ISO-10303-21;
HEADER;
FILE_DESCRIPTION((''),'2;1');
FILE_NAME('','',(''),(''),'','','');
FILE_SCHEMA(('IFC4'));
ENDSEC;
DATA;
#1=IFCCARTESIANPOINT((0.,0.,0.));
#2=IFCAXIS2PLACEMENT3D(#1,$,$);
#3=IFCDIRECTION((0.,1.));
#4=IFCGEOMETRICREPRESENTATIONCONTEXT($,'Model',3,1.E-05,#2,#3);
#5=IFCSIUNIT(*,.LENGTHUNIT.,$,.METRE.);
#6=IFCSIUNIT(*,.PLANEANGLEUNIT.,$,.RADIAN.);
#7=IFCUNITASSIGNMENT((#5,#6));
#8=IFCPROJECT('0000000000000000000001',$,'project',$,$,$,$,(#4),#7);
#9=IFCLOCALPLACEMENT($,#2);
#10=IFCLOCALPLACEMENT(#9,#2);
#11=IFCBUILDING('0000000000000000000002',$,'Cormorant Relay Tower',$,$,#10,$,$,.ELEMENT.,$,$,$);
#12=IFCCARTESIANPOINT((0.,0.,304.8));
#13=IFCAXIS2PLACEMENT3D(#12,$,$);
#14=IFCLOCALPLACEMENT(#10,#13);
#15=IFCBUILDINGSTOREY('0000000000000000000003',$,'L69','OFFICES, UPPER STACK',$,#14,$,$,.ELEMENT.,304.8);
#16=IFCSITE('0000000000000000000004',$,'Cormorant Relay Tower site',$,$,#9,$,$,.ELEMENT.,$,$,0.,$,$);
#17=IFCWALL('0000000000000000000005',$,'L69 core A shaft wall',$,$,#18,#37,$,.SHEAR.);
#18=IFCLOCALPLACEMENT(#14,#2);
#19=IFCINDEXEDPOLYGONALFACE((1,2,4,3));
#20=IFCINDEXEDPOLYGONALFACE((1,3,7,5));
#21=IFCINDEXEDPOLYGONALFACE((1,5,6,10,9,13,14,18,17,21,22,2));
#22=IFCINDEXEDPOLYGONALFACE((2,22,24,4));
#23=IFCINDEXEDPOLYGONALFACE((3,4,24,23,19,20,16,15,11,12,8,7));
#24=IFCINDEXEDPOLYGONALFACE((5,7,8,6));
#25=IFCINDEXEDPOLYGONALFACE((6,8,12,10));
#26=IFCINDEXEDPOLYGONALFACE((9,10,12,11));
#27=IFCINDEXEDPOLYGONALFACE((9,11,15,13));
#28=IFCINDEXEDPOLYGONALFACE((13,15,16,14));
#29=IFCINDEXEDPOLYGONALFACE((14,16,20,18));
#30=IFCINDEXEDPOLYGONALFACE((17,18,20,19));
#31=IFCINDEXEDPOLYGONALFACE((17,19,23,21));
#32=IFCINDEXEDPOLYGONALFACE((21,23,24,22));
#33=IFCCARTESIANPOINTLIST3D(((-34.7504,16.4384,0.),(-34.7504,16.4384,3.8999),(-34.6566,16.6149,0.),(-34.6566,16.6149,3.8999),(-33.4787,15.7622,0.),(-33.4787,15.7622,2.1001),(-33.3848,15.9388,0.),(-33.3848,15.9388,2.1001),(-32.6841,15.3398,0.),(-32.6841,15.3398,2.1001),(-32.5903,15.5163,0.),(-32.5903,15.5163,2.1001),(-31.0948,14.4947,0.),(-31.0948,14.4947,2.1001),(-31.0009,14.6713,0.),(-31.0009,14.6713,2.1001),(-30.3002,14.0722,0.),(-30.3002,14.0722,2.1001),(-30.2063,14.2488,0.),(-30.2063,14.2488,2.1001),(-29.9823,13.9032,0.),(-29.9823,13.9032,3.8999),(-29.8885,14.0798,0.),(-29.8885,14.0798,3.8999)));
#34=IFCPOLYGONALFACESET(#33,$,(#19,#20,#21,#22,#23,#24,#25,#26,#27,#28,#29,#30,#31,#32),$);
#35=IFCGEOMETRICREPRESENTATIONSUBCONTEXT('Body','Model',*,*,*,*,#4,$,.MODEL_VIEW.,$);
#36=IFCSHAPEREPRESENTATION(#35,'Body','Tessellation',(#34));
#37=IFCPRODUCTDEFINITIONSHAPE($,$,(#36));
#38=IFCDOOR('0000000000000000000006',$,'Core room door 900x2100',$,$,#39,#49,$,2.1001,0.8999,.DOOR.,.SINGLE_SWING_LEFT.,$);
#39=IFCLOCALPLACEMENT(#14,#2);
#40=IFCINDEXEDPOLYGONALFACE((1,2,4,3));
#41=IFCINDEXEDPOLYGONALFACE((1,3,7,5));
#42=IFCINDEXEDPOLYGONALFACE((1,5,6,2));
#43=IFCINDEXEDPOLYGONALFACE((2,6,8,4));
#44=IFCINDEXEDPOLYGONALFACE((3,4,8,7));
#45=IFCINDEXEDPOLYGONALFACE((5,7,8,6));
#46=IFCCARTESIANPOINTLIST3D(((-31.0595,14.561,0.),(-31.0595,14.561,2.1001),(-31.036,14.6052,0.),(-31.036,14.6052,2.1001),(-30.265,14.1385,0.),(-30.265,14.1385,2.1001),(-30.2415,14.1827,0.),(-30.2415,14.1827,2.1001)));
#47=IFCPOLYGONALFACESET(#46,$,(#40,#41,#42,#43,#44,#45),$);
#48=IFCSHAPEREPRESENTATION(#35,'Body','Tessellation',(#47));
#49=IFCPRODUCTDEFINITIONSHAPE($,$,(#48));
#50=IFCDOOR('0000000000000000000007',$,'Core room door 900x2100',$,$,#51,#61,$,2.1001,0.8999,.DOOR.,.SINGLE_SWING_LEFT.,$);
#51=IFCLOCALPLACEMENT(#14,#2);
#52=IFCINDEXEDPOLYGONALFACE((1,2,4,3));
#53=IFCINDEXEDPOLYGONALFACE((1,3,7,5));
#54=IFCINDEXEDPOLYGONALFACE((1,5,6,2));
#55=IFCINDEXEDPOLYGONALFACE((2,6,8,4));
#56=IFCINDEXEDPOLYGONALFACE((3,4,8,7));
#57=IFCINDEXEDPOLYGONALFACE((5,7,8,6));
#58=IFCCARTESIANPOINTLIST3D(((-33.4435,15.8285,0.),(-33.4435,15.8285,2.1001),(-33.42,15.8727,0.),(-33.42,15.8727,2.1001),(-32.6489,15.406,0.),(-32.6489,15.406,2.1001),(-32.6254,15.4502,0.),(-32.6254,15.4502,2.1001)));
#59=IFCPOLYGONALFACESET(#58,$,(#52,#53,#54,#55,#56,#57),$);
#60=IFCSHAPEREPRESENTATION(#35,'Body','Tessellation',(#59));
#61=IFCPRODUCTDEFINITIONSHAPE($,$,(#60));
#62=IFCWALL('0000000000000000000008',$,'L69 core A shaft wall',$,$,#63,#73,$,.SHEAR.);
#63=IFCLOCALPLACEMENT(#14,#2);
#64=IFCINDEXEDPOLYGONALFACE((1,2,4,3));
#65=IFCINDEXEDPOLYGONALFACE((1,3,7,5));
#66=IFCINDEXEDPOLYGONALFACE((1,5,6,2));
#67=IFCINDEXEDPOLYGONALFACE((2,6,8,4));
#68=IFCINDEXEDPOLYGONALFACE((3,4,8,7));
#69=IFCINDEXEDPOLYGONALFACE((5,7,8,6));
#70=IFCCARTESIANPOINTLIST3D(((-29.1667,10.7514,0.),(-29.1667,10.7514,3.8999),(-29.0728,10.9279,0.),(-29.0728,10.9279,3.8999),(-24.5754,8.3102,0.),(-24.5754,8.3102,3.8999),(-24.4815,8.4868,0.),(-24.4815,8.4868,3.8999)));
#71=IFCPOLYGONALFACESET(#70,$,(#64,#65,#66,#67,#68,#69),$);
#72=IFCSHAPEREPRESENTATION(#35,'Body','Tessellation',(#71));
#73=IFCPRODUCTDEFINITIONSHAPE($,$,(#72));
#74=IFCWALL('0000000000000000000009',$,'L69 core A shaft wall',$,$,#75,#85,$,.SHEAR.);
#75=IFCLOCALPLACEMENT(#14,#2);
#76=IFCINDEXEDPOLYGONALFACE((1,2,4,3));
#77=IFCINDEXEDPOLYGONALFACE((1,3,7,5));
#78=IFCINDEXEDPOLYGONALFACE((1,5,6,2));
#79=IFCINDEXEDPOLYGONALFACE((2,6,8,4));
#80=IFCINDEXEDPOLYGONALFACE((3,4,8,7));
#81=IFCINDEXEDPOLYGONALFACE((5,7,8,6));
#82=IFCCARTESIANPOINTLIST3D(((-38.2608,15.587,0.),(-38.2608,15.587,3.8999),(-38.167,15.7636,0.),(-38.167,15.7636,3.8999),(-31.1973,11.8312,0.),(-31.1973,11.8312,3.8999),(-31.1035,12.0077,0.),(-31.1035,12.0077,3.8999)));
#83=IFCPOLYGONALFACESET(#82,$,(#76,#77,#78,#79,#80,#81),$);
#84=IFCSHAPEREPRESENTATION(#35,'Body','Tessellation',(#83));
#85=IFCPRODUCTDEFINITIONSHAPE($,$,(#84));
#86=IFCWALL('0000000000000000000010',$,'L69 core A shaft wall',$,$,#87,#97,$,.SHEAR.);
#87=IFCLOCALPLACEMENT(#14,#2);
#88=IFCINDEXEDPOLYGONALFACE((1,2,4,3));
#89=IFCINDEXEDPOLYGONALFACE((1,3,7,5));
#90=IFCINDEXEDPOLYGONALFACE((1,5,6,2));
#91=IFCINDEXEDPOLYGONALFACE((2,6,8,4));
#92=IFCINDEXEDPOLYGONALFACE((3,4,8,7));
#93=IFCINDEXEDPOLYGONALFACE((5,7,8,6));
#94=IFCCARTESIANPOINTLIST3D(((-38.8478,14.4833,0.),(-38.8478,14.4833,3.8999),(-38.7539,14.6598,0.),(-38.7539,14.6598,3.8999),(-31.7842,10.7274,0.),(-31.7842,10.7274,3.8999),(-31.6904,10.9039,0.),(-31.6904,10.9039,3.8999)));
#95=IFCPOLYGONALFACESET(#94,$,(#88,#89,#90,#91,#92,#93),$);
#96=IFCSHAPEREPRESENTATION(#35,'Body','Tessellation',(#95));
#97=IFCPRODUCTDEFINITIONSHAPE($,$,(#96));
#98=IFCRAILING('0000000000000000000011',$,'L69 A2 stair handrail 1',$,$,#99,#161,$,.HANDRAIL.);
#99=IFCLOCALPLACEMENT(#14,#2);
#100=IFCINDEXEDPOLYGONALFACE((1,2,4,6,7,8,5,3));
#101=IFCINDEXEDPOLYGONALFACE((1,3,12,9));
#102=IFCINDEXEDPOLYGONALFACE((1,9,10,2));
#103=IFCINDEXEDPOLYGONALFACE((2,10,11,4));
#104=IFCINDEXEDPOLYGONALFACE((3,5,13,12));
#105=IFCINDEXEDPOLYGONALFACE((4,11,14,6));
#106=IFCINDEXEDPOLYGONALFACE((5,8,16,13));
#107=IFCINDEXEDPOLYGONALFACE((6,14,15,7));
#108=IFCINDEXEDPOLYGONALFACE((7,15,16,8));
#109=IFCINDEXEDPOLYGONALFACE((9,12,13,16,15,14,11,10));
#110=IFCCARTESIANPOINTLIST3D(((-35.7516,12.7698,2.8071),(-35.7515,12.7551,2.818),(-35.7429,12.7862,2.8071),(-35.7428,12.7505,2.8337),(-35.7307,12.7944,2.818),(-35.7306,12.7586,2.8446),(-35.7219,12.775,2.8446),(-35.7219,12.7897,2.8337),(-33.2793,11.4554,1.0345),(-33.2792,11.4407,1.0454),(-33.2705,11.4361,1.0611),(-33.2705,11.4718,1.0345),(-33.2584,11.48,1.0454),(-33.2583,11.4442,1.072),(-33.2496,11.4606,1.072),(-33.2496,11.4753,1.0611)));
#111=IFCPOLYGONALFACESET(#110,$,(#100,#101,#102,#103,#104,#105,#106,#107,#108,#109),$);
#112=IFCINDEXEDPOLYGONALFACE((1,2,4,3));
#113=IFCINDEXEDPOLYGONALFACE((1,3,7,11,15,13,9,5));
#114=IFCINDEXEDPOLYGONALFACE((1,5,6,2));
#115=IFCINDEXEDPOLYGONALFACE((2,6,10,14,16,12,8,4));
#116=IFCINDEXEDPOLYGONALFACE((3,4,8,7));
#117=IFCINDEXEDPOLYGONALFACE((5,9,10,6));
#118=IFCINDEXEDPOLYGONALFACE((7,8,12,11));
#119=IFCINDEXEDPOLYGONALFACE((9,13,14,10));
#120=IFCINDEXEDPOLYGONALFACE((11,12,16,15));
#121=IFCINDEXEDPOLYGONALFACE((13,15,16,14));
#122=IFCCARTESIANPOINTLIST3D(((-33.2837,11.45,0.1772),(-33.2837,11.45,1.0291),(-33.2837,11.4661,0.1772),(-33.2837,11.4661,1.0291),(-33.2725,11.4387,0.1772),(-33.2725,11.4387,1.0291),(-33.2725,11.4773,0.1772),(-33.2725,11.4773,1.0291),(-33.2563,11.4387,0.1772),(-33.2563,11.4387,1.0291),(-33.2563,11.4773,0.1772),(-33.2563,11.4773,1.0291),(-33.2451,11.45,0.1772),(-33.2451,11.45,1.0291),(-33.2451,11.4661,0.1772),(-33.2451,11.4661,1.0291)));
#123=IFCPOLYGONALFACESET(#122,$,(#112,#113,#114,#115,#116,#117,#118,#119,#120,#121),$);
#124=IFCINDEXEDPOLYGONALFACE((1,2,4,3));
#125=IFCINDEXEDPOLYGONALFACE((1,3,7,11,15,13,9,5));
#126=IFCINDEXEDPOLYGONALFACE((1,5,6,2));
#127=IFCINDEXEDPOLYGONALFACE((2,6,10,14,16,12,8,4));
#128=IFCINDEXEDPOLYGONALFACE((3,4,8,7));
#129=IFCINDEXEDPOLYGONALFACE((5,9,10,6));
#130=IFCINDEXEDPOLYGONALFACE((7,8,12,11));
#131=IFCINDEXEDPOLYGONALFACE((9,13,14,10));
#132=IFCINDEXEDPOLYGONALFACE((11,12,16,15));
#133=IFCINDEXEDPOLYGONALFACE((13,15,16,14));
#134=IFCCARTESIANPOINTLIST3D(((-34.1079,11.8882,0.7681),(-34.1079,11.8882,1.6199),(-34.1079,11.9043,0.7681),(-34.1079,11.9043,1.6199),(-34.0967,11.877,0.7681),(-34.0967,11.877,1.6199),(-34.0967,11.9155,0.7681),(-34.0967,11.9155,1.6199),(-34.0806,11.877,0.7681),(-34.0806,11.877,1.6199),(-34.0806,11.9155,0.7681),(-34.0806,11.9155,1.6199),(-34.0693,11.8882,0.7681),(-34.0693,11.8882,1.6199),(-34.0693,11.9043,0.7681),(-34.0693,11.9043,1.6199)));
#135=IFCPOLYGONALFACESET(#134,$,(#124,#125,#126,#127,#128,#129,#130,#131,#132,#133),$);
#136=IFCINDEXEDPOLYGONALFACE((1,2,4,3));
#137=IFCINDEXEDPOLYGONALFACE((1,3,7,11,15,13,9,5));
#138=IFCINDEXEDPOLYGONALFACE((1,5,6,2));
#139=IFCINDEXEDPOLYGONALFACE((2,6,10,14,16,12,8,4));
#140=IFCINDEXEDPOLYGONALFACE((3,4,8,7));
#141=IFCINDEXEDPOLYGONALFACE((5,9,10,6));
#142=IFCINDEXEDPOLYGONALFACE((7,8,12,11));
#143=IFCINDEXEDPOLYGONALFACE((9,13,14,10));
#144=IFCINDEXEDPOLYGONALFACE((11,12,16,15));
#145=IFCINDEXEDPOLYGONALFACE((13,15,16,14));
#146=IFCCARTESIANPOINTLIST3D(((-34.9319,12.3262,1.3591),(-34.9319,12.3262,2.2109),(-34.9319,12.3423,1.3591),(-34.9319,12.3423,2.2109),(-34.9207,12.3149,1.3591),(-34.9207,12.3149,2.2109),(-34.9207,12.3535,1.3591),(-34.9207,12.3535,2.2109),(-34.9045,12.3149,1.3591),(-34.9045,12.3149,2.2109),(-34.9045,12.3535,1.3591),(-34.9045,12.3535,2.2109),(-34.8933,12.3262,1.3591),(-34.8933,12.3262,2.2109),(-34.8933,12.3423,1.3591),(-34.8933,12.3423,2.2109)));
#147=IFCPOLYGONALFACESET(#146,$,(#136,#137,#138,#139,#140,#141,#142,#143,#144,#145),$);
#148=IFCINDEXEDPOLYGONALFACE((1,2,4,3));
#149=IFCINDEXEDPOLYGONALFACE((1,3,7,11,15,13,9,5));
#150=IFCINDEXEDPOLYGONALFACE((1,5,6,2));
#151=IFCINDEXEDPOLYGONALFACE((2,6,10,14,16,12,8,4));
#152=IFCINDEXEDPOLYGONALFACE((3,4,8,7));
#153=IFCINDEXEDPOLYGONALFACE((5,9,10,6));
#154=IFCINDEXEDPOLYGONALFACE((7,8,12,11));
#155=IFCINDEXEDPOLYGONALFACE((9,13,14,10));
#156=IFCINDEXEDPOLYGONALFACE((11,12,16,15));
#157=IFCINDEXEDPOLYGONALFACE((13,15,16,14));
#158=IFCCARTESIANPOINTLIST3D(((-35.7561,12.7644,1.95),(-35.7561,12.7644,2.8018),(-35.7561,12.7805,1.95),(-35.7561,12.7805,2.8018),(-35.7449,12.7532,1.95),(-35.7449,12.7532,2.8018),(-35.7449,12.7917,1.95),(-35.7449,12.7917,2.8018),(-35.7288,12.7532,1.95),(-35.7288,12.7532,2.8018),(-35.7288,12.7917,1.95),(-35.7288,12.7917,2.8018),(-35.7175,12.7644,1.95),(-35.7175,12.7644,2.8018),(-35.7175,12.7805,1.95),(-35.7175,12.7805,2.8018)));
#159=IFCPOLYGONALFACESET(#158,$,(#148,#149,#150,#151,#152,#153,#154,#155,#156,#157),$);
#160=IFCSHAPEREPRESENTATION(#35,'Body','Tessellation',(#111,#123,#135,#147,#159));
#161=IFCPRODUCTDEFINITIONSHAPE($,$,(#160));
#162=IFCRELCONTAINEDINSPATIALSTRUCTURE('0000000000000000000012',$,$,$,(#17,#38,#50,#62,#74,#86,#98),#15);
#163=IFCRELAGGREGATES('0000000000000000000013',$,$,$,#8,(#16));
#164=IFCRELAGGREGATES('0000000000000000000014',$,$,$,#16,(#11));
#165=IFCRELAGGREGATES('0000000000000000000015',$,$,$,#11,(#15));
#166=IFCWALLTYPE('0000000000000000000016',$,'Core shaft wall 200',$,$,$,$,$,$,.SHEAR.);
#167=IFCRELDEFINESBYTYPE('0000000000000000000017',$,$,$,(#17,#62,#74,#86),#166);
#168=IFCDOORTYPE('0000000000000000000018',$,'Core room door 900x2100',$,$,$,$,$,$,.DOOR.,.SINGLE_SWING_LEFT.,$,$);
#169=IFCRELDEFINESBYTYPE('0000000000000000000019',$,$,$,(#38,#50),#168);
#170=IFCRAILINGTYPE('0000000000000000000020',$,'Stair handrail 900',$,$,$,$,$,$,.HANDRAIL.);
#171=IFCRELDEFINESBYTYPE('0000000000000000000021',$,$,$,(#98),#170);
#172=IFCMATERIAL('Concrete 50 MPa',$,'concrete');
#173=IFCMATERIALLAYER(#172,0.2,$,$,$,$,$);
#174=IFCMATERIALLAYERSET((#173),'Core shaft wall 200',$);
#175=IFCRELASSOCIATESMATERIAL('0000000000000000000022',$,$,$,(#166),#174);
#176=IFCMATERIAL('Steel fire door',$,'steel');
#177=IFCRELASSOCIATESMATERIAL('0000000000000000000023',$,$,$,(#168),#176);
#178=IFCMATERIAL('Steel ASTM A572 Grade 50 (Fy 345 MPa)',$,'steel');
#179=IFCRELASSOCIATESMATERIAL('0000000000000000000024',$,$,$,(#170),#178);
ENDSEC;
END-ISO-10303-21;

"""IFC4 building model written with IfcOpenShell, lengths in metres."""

from ifc_helpers import new_model, si_unit, direction, frame, frame_2d, origin, place, context, subcontext, project, spatial, polyline, rectangle, outline, extrude, material, layer, layer_set, type_object, element, fill, save


model = new_model("IFC4")

# Units and contexts
model_context = context("Model", 3, precision=1e-05, world=origin(), true_north=direction((0.0, 1.0)))
body_context = subcontext(model_context, "Body", "Model", "MODEL_VIEW")
ifc_project = project(units=[si_unit("LENGTHUNIT", "METRE"), si_unit("PLANEANGLEUNIT", "RADIAN")], contexts=[model_context])

# Site, building, storey
site_placement = place(None, origin())
site = spatial("IfcSite", under=ifc_project, at=site_placement, Name="Cormorant Relay Tower site", CompositionType="ELEMENT", RefElevation=0.0)
building_placement = place(site_placement, origin())
building = spatial("IfcBuilding", under=site, at=building_placement, Name="Cormorant Relay Tower", CompositionType="ELEMENT")
storey_placement = place(building_placement, frame((0.0, 0.0, 304.8)))
storey = spatial("IfcBuildingStorey", under=building, at=storey_placement, Name="L69", Description="OFFICES, UPPER STACK", CompositionType="ELEMENT", Elevation=304.8)

# Shared definitions
ifc_material_1 = material(Name="Concrete 50 MPa", Category="concrete")
ifc_layer_1 = layer(ifc_material_1, 0.2)
ifc_layer_set_1 = layer_set([ifc_layer_1], Name="Core shaft wall 200")
wall_type_1 = type_object("IfcWallType", Name="Core shaft wall 200", PredefinedType="SHEAR", material=ifc_layer_set_1)

# Shared definitions
ifc_material_2 = material(Name="Steel fire door", Category="steel")
door_type_1 = type_object("IfcDoorType", Name="Core room door 900x2100", OperationType="SINGLE_SWING_LEFT", PredefinedType="DOOR", material=ifc_material_2)

# Wall, openings, doors
wall_1_placement = place(storey_placement, frame((-29.9353, 13.9915, 0.0), z_axis=(0.0, 0.0, 1.0), x_axis=(-0.882953, 0.469462, 0.0)))
wall_1 = element("IfcWall", 1, at=wall_1_placement, inside=storey, type_object=wall_type_1, Name="L69 core A shaft wall", PredefinedType="SHEAR", context=body_context, shape_type="SweptSolid", body=[
    extrude(rectangle(XDim=5.4001, YDim=0.2, at=frame_2d((2.7002, 0.0))), origin(), (0.0, 0.0, 1.0), 3.8999),
])
opening_1_placement = place(wall_1_placement, frame((0.3601, 0.0, 0.0)))
opening_1 = element("IfcOpeningElement", 2, at=opening_1_placement, cuts=wall_1, PredefinedType="OPENING", context=body_context, shape_type="SweptSolid", body=[
    extrude(rectangle(XDim=0.8999, YDim=2.1001, at=frame_2d((0.45, 1.05))), frame((0.0, 0.1099, 0.0), z_axis=(0.0, -1.0, 0.0), x_axis=(1.0, 0.0, 0.0)), (0.0, 0.0, 1.0), 0.22),
])
opening_2_placement = place(wall_1_placement, frame((3.0601, 0.0, 0.0)))
opening_2 = element("IfcOpeningElement", 3, at=opening_2_placement, cuts=wall_1, PredefinedType="OPENING", context=body_context, shape_type="SweptSolid", body=[
    extrude(rectangle(XDim=0.8999, YDim=2.1001, at=frame_2d((0.45, 1.05))), frame((0.0, 0.1099, 0.0), z_axis=(0.0, -1.0, 0.0), x_axis=(1.0, 0.0, 0.0)), (0.0, 0.0, 1.0), 0.22),
])
door_1_placement = place(opening_1_placement, origin())
door_1 = element("IfcDoor", 4, at=door_1_placement, inside=storey, type_object=door_type_1, Name="Core room door 900x2100", OperationType="SINGLE_SWING_LEFT", OverallHeight=2.1001, OverallWidth=0.8999, PredefinedType="DOOR", context=body_context, shape_type="SweptSolid", body=[
    extrude(rectangle(XDim=0.8999, YDim=2.1001, at=frame_2d((0.45, 1.05))), frame((0.0, 0.0249, 0.0), z_axis=(0.0, -1.0, 0.0), x_axis=(1.0, 0.0, 0.0)), (0.0, 0.0, 1.0), 0.05),
])
fill(opening_1, door_1)
door_2_placement = place(opening_2_placement, origin())
door_2 = element("IfcDoor", 5, at=door_2_placement, inside=storey, type_object=door_type_1, Name="Core room door 900x2100", OperationType="SINGLE_SWING_LEFT", OverallHeight=2.1001, OverallWidth=0.8999, PredefinedType="DOOR", context=body_context, shape_type="SweptSolid", body=[
    extrude(rectangle(XDim=0.8999, YDim=2.1001, at=frame_2d((0.45, 1.05))), frame((0.0, 0.0249, 0.0), z_axis=(0.0, -1.0, 0.0), x_axis=(1.0, 0.0, 0.0)), (0.0, 0.0, 1.0), 0.05),
])
fill(opening_2, door_2)

# Walls
wall_2_placement = place(storey_placement, frame((-24.5283, 8.3984, 0.0), z_axis=(0.0, 0.0, 1.0), x_axis=(-0.882954, 0.46946, 0.0)))
element("IfcWall", 6, at=wall_2_placement, inside=storey, type_object=wall_type_1, Name="L69 core A shaft wall", PredefinedType="SHEAR", context=body_context, shape_type="SweptSolid", body=[
    extrude(rectangle(XDim=5.2, YDim=0.2, at=frame_2d((2.6001, 0.0))), origin(), (0.0, 0.0, 1.0), 3.8999),
])
for number, where, z_axis, x_axis, name in (
    (7, (-31.1504, 11.9194, 0.0), (0.0, 0.0, 1.0), (-0.88294, 0.469485, 0.0), "L69 core A shaft wall"),
    (8, (-31.7373, 10.8157, 0.0), (0.0, 0.0, 1.0), (-0.88294, 0.469485, 0.0), "L69 core A shaft wall"),
):
    element("IfcWall", number, at=place(storey_placement, frame(where, z_axis=z_axis, x_axis=x_axis)), inside=storey, type_object=wall_type_1, Name=name, PredefinedType="SHEAR", context=body_context, shape_type="SweptSolid", body=[
        extrude(rectangle(XDim=8.0, YDim=0.2, at=frame_2d((4.0, 0.0))), origin(), (0.0, 0.0, 1.0), 3.8999),
    ])

# Railing
ifc_material_3 = material(Name="Steel ASTM A572 Grade 50 (Fy 345 MPa)", Category="steel")
railing_type = type_object("IfcRailingType", Name="Stair handrail 900", PredefinedType="HANDRAIL", material=ifc_material_3)
railing_placement = place(storey_placement, frame((-33.2644, 11.458, 0.1772)))
element("IfcRailing", 9, at=railing_placement, inside=storey, type_object=railing_type, Name="L69 A2 stair handrail 1", PredefinedType="HANDRAIL", context=body_context, shape_type="SweptSolid", body=[
    extrude(outline(polyline([(0.0222, 0.0093), (0.0093, 0.0222), (-0.0093, 0.0222), (-0.0222, 0.0093), (-0.0222, -0.0093), (-0.0093, -0.0222), (0.0093, -0.0222), (0.0222, -0.0093), (0.0222, 0.0093)])), frame((0.0, 0.0, 0.876), z_axis=(-0.746034, 0.396627, 0.534902), x_axis=(-0.469429, -0.88297, 0.0)), (0.0, 0.0, 1.0), 3.314),
    extrude(outline(polyline([(0.0193, 0.0081), (0.0081, 0.0193), (-0.0081, 0.0193), (-0.0193, 0.0081), (-0.0193, -0.0081), (-0.0081, -0.0193), (0.0081, -0.0193), (0.0193, -0.0081), (0.0193, 0.0081)])), origin(), (0.0, 0.0, 1.0), 0.8518),
    extrude(outline(polyline([(0.0193, 0.0081), (0.0081, 0.0193), (-0.0081, 0.0193), (-0.0193, 0.0081), (-0.0193, -0.0081), (-0.0081, -0.0193), (0.0081, -0.0193), (0.0193, -0.0081), (0.0193, 0.0081)])), frame((-0.8242, 0.4382, 0.5908)), (0.0, 0.0, 1.0), 0.8518),
    extrude(outline(polyline([(0.0193, 0.0081), (0.0081, 0.0193), (-0.0081, 0.0193), (-0.0193, 0.0081), (-0.0193, -0.0081), (-0.0081, -0.0193), (0.0081, -0.0193), (0.0193, -0.0081), (0.0193, 0.0081)])), frame((-1.6482, 0.8762, 1.1819)), (0.0, 0.0, 1.0), 0.8518),
    extrude(outline(polyline([(0.0193, 0.0081), (0.0081, 0.0193), (-0.0081, 0.0193), (-0.0193, 0.0081), (-0.0193, -0.0081), (-0.0081, -0.0193), (0.0081, -0.0193), (0.0193, -0.0081), (0.0193, 0.0081)])), frame((-2.4724, 1.3145, 1.7727)), (0.0, 0.0, 1.0), 0.8518),
])

save(model, "model.ifc")
